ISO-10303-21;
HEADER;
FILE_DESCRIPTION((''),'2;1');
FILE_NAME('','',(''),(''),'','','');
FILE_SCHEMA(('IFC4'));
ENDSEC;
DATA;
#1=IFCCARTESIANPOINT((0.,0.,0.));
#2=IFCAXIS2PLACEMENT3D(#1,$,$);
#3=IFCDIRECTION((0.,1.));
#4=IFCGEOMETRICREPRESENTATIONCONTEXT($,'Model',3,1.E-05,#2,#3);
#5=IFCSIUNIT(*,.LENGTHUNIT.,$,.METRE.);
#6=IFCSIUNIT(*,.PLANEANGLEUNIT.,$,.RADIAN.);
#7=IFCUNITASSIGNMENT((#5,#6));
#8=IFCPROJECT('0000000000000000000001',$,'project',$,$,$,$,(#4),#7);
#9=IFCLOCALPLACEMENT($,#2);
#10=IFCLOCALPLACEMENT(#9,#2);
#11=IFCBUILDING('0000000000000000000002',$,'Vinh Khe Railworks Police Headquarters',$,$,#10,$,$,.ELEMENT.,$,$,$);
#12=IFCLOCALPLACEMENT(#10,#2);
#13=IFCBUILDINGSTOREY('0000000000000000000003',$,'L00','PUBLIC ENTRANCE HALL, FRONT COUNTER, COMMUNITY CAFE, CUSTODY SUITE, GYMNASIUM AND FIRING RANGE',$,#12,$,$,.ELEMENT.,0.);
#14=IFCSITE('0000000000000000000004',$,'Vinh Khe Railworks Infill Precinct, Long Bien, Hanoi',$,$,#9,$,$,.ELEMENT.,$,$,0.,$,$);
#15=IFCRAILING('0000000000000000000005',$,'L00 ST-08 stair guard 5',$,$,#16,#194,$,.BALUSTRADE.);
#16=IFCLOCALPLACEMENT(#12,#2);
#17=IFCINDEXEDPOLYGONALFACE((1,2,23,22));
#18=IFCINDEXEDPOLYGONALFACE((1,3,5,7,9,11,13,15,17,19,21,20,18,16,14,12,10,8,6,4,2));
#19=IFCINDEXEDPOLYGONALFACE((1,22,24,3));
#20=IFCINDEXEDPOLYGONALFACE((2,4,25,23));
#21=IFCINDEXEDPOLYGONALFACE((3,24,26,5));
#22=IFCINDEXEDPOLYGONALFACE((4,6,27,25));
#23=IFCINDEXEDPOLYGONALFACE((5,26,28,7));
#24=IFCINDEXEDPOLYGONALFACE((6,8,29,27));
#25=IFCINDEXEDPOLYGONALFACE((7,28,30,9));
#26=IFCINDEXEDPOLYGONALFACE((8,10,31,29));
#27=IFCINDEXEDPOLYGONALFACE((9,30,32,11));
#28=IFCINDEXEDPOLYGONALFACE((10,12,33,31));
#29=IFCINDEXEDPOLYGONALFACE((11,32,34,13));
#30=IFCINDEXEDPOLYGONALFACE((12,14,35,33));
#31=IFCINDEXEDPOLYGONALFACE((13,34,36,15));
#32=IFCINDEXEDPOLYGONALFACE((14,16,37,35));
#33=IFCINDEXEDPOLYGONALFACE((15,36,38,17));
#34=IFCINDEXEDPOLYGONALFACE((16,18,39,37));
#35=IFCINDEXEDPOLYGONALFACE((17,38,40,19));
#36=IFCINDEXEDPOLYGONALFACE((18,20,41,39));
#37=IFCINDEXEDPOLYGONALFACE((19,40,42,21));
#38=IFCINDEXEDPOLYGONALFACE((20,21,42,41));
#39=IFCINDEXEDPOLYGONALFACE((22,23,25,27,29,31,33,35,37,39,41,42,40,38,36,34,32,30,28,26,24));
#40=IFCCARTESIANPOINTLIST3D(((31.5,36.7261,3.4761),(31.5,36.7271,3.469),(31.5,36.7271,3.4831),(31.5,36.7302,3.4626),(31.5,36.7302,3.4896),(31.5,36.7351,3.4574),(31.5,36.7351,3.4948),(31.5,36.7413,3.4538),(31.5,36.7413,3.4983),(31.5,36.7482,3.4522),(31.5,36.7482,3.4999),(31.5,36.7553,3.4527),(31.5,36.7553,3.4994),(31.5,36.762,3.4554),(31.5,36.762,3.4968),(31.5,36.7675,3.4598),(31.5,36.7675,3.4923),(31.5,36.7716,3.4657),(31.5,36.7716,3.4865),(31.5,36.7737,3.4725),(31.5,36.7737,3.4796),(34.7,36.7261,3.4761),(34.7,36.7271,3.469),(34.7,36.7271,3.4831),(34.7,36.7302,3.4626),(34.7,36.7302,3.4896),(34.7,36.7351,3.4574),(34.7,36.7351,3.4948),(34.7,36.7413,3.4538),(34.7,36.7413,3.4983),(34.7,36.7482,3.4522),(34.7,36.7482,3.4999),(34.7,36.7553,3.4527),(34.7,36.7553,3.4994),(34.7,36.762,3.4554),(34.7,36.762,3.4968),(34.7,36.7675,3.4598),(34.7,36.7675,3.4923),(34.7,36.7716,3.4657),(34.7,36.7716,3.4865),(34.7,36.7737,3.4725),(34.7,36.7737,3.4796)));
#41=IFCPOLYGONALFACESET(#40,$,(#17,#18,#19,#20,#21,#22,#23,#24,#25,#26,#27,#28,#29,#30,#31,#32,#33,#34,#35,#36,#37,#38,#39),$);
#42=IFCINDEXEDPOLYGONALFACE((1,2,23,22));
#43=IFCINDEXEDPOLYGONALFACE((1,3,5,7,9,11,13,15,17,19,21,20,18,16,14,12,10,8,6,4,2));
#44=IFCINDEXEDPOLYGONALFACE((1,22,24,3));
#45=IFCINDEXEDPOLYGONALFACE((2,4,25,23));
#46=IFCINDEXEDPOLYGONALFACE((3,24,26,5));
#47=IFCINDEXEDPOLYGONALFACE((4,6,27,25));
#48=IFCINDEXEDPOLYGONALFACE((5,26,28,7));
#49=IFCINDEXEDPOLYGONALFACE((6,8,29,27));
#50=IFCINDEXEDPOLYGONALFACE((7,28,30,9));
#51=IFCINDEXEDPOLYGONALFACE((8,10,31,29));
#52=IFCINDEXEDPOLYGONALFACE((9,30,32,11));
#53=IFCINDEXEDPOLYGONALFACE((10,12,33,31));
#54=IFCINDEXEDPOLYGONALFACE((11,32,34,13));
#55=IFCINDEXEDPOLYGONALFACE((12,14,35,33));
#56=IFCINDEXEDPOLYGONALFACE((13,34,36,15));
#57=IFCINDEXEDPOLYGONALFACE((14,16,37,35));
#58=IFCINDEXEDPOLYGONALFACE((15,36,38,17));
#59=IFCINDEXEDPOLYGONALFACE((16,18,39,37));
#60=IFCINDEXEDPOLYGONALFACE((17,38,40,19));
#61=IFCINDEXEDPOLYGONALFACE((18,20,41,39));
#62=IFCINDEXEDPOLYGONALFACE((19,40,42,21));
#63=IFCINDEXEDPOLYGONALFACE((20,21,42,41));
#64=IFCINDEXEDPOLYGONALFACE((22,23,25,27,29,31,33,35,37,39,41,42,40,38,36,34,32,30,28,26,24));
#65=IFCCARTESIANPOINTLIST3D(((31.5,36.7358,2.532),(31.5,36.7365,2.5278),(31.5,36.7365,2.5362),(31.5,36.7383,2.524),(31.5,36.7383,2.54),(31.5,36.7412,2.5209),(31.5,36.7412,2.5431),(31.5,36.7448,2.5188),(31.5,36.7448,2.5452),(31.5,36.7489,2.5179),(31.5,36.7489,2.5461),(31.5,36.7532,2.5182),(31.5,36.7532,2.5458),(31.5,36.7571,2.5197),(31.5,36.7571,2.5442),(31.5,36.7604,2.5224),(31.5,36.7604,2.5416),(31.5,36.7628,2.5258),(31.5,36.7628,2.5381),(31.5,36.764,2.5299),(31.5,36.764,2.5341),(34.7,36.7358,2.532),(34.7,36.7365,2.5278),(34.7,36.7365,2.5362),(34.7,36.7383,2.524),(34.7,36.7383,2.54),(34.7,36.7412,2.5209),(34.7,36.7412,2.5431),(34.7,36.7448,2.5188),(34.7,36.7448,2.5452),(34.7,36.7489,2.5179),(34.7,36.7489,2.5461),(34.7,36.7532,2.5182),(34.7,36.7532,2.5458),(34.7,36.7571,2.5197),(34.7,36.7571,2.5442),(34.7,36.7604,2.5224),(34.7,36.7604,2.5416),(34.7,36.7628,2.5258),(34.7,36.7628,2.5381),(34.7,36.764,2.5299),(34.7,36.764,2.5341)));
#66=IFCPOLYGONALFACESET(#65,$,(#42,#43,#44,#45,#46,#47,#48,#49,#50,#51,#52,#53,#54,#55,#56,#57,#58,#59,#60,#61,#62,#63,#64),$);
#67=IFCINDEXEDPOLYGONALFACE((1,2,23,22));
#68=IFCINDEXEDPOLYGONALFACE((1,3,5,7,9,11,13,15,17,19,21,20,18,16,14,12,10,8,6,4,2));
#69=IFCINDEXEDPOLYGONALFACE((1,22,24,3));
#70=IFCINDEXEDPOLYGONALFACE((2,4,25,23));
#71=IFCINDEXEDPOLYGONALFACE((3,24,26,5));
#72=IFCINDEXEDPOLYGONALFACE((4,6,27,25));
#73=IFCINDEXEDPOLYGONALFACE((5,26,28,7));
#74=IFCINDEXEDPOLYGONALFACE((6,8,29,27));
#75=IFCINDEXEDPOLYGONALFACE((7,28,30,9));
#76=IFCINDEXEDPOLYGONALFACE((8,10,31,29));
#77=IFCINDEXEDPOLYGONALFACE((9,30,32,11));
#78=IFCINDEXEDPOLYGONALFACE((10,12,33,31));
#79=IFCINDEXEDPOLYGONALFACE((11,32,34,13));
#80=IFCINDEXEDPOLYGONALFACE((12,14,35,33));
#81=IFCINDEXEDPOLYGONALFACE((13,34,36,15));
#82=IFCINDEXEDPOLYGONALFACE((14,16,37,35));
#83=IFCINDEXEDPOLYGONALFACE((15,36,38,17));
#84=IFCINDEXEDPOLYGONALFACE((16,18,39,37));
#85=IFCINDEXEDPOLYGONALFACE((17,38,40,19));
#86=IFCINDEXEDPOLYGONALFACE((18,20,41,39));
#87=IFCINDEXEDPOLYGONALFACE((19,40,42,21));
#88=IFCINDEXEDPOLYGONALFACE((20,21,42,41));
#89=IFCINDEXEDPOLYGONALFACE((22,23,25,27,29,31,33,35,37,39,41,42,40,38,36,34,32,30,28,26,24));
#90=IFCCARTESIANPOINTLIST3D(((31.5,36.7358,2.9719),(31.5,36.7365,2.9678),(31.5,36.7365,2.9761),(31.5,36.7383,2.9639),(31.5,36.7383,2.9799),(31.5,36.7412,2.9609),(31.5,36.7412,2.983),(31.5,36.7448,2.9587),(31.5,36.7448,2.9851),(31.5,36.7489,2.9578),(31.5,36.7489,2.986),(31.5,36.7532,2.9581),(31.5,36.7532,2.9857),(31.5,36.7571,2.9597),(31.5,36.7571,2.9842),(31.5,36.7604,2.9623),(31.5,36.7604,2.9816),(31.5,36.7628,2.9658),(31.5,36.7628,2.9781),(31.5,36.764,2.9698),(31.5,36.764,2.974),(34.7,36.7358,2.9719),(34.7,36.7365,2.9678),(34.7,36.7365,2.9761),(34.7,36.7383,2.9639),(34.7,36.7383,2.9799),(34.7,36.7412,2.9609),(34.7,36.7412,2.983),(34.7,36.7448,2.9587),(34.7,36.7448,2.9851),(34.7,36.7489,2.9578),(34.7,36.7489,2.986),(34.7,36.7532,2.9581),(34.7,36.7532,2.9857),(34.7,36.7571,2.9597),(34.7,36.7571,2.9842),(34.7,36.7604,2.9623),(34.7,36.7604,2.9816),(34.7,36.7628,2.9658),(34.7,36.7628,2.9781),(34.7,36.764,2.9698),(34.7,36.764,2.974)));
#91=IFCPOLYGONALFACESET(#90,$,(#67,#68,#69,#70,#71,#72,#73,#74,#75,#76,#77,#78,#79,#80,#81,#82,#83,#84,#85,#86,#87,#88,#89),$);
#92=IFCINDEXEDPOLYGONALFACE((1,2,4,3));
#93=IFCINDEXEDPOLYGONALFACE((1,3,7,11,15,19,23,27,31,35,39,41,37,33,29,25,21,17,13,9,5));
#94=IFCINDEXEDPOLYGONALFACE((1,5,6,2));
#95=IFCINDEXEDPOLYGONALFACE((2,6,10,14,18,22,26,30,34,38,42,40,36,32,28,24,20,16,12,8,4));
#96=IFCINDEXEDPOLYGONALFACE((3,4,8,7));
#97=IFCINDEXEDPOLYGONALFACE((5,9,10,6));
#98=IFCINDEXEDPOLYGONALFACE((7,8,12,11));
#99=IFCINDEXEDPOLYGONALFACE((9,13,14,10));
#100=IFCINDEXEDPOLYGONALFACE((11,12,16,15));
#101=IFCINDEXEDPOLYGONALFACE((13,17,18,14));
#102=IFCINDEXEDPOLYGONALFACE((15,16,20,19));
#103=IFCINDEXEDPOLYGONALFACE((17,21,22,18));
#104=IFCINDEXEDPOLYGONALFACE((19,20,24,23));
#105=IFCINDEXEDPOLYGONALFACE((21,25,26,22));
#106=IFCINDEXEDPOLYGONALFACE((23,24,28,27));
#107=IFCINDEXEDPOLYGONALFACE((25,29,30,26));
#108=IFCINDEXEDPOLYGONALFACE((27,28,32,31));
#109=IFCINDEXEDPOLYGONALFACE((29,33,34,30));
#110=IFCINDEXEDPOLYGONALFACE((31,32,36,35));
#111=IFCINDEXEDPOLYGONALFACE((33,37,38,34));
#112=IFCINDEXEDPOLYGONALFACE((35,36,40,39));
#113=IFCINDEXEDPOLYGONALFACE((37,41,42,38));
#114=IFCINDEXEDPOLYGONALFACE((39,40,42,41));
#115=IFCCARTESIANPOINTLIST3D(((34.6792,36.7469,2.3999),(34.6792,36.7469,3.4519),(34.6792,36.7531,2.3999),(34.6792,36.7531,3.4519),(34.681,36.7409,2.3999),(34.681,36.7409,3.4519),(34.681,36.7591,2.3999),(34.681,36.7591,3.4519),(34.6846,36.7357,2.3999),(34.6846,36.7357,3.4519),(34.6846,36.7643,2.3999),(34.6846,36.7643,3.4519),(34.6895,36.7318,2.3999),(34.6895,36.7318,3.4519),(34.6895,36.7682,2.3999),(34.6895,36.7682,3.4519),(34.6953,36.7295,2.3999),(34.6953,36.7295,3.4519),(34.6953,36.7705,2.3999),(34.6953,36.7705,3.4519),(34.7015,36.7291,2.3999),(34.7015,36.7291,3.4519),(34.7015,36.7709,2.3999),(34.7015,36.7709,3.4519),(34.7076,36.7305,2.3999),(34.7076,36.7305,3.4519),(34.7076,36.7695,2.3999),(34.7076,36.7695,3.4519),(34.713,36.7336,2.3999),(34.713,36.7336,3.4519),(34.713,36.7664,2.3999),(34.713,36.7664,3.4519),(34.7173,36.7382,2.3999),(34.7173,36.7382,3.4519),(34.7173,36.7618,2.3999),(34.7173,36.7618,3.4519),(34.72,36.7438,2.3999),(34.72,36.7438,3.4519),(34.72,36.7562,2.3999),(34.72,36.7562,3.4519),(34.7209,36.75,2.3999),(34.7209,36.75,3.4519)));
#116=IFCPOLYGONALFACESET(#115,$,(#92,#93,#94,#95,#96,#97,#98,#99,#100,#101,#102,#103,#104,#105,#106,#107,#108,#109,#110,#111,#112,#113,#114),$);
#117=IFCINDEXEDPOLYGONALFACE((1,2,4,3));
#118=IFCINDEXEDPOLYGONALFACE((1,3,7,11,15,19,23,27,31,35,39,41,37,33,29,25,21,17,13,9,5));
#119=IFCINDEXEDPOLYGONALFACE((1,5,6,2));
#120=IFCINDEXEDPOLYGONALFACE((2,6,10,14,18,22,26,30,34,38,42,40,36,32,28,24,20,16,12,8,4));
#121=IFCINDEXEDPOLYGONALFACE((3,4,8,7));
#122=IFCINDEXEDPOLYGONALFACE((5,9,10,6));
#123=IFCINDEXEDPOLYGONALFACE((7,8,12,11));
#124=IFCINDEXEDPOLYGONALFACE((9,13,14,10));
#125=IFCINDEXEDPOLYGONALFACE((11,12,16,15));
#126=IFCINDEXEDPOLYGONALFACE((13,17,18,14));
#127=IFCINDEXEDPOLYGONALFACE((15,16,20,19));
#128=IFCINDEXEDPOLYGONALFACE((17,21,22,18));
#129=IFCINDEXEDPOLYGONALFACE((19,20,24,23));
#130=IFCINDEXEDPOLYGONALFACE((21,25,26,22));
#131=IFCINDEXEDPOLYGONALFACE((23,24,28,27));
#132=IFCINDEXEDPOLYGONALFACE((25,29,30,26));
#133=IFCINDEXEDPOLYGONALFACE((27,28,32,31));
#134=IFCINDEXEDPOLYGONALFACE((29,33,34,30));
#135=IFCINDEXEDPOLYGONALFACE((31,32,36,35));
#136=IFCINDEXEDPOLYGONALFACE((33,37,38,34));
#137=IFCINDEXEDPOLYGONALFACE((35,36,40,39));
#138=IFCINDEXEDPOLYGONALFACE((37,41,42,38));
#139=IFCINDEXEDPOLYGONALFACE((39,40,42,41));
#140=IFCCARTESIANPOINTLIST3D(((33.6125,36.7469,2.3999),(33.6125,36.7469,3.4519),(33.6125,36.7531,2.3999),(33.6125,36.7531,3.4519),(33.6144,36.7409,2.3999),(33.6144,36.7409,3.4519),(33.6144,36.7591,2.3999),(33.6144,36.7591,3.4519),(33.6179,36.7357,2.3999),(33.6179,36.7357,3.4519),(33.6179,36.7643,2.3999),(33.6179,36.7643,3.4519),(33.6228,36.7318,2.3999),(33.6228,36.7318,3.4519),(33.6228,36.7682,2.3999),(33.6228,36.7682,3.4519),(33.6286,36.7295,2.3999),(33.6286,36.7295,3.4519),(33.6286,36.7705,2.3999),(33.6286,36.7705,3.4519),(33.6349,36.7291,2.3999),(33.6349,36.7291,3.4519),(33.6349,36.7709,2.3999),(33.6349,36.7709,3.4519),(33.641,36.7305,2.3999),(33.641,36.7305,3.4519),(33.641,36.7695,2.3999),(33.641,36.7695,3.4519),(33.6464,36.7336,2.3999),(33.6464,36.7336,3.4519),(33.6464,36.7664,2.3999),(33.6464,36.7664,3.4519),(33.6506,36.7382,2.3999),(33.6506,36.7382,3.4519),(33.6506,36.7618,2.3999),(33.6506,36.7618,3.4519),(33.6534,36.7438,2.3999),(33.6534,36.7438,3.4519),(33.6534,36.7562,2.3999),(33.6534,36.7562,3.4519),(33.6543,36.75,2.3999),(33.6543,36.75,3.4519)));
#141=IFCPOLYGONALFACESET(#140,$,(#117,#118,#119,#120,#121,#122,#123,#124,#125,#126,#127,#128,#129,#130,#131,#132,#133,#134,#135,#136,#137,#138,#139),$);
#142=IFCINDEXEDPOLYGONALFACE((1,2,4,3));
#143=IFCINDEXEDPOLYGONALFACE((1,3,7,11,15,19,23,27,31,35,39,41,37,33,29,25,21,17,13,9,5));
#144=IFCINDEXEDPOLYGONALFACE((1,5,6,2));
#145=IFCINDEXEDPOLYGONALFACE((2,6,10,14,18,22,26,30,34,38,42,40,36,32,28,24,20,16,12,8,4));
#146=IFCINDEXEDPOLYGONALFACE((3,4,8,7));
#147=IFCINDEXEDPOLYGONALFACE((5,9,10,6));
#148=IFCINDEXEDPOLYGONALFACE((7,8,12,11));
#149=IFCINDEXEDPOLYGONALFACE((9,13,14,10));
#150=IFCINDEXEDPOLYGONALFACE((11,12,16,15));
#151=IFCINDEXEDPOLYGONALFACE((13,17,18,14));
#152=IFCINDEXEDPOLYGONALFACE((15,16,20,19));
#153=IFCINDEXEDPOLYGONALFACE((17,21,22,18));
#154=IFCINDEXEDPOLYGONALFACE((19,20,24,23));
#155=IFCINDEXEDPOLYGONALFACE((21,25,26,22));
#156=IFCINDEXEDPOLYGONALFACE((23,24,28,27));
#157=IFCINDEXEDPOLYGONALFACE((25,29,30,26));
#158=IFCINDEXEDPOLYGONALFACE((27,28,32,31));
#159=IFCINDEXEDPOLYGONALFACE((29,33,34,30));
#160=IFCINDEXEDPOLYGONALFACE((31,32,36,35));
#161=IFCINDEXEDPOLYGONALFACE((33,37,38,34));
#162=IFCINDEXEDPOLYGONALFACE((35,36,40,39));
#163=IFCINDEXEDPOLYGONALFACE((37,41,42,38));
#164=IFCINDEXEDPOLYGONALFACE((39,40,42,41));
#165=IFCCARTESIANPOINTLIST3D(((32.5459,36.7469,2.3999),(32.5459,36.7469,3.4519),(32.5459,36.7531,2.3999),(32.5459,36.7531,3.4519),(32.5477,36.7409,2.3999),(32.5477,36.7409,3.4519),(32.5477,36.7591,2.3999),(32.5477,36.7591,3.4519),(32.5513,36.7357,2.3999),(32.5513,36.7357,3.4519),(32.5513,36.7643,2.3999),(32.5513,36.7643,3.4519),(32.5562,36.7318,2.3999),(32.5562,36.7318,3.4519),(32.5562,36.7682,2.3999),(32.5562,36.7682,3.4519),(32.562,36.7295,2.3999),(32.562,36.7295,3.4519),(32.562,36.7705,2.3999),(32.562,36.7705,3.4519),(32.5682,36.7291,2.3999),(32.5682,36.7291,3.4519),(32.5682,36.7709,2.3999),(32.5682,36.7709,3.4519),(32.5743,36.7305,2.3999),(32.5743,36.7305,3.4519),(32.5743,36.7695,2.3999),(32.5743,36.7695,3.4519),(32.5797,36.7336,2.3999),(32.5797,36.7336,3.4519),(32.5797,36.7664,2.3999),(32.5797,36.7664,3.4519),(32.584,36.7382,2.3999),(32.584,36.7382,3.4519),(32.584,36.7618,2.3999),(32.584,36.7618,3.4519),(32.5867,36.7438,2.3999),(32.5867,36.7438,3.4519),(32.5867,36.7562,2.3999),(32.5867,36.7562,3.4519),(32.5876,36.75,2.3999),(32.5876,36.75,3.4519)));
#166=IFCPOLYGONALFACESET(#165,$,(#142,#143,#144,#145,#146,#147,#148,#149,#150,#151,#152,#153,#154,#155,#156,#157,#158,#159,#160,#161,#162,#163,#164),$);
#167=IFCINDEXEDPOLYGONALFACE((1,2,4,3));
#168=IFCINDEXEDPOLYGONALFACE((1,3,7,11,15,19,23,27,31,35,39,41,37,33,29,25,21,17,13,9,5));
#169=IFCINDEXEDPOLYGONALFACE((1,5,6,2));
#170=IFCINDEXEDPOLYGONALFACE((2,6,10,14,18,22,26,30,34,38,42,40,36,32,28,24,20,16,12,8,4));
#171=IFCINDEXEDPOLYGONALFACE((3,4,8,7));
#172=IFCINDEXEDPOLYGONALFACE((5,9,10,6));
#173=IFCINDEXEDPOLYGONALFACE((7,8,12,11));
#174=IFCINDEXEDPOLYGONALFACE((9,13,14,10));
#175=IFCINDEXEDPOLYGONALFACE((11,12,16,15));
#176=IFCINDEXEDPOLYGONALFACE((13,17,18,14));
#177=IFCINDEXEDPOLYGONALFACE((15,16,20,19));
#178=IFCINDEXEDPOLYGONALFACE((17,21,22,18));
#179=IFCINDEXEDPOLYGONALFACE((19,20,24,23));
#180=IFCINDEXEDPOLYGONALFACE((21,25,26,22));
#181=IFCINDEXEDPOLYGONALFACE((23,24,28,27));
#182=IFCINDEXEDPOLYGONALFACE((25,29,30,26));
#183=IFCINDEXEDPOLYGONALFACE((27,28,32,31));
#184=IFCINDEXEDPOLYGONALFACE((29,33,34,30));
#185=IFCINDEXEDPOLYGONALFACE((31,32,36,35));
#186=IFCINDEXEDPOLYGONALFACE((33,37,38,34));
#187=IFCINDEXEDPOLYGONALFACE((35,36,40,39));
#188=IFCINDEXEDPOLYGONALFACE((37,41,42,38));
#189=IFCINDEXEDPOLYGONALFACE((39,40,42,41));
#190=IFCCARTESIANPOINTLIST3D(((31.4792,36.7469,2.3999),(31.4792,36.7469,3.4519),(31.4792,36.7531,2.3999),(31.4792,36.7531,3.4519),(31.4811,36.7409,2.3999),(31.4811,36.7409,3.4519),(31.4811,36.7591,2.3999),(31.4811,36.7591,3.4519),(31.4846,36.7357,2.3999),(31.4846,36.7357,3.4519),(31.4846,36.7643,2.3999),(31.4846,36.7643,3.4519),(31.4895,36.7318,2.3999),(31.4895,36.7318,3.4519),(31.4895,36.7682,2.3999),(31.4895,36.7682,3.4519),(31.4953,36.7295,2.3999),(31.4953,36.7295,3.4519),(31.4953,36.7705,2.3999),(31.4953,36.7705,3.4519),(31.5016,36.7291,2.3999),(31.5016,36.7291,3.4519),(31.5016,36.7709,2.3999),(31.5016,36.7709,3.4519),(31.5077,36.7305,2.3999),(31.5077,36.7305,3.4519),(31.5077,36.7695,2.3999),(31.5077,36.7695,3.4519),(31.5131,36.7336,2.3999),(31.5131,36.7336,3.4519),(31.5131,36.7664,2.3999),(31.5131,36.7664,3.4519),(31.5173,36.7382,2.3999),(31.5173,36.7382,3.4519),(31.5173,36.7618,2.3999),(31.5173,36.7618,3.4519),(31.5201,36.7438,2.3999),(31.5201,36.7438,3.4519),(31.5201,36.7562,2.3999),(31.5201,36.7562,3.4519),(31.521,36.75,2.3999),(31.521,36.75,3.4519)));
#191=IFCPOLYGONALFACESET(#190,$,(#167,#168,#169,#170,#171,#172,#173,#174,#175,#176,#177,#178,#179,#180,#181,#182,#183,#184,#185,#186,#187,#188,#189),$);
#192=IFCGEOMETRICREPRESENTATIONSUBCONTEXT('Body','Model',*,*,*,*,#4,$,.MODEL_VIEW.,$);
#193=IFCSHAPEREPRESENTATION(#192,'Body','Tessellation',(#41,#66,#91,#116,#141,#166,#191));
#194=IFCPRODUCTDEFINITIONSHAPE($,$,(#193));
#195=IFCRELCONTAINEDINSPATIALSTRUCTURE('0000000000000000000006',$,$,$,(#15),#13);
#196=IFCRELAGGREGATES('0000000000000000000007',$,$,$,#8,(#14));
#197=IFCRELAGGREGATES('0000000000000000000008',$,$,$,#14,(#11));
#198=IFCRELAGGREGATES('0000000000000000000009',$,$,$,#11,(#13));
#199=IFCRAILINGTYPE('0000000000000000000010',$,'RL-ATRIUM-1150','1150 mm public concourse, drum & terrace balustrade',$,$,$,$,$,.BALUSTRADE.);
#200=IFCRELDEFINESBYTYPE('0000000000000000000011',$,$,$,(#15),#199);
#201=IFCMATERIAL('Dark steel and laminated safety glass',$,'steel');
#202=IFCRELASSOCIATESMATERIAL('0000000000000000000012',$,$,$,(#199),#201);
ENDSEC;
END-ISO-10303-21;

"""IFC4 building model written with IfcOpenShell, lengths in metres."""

from ifc_helpers import new_model, si_unit, direction, frame, origin, origin_2d, place, context, subcontext, project, spatial, circle, extrude, material, type_object, element, save


model = new_model("IFC4")

# Units and contexts
model_context = context("Model", 3, precision=1e-05, world=origin(), true_north=direction((0.0, 1.0)))
body_context = subcontext(model_context, "Body", "Model", "MODEL_VIEW")
ifc_project = project(units=[si_unit("LENGTHUNIT", "METRE"), si_unit("PLANEANGLEUNIT", "RADIAN")], contexts=[model_context])

# Site, building, storey
site_placement = place(None, origin())
site = spatial("IfcSite", under=ifc_project, at=site_placement, Name="Vinh Khe Railworks Infill Precinct, Long Bien, Hanoi", CompositionType="ELEMENT", RefElevation=0.0)
building_placement = place(site_placement, origin())
building = spatial("IfcBuilding", under=site, at=building_placement, Name="Vinh Khe Railworks Police Headquarters", CompositionType="ELEMENT")
storey_placement = place(building_placement, origin())
storey = spatial("IfcBuildingStorey", under=building, at=storey_placement, Name="L00", Description="PUBLIC ENTRANCE HALL, FRONT COUNTER, COMMUNITY CAFE, CUSTODY SUITE, GYMNASIUM AND FIRING RANGE", CompositionType="ELEMENT", Elevation=0.0)

# Railing
ifc_material_1 = material(Name="Dark steel and laminated safety glass", Category="steel")
railing_type = type_object("IfcRailingType", Name="RL-ATRIUM-1150", Description="1150 mm public concourse, drum & terrace balustrade", PredefinedType="BALUSTRADE", material=ifc_material_1)
railing_placement = place(storey_placement, frame((34.7, 36.75, 2.3999)))
element("IfcRailing", 1, at=railing_placement, inside=storey, type_object=railing_type, Name="L00 ST-08 stair guard 5", PredefinedType="BALUSTRADE", context=body_context, shape_type="SweptSolid", body=[
    extrude(circle(Radius=0.0239, at=origin_2d()), frame((0.0, 0.0, 1.0762), z_axis=(-1.0, 0.0, 0.0), x_axis=(0.0, -1.0, 0.0)), (0.0, 0.0, 1.0), 3.2),
    extrude(circle(Radius=0.0142, at=origin_2d()), frame((0.0, 0.0, 0.1321), z_axis=(-1.0, 0.0, 0.0), x_axis=(0.0, -1.0, 0.0)), (0.0, 0.0, 1.0), 3.2),
    extrude(circle(Radius=0.0142, at=origin_2d()), frame((0.0, 0.0, 0.572), z_axis=(-1.0, 0.0, 0.0), x_axis=(0.0, -1.0, 0.0)), (0.0, 0.0, 1.0), 3.2),
    extrude(circle(Radius=0.021, at=origin_2d()), origin(), (0.0, 0.0, 1.0), 1.052),
    extrude(circle(Radius=0.021, at=origin_2d()), frame((-1.0667, 0.0, 0.0)), (0.0, 0.0, 1.0), 1.052),
    extrude(circle(Radius=0.021, at=origin_2d()), frame((-2.1333, 0.0, 0.0)), (0.0, 0.0, 1.0), 1.052),
    extrude(circle(Radius=0.021, at=origin_2d()), frame((-3.2, 0.0, 0.0)), (0.0, 0.0, 1.0), 1.052),
])

save(model, "model.ifc")
